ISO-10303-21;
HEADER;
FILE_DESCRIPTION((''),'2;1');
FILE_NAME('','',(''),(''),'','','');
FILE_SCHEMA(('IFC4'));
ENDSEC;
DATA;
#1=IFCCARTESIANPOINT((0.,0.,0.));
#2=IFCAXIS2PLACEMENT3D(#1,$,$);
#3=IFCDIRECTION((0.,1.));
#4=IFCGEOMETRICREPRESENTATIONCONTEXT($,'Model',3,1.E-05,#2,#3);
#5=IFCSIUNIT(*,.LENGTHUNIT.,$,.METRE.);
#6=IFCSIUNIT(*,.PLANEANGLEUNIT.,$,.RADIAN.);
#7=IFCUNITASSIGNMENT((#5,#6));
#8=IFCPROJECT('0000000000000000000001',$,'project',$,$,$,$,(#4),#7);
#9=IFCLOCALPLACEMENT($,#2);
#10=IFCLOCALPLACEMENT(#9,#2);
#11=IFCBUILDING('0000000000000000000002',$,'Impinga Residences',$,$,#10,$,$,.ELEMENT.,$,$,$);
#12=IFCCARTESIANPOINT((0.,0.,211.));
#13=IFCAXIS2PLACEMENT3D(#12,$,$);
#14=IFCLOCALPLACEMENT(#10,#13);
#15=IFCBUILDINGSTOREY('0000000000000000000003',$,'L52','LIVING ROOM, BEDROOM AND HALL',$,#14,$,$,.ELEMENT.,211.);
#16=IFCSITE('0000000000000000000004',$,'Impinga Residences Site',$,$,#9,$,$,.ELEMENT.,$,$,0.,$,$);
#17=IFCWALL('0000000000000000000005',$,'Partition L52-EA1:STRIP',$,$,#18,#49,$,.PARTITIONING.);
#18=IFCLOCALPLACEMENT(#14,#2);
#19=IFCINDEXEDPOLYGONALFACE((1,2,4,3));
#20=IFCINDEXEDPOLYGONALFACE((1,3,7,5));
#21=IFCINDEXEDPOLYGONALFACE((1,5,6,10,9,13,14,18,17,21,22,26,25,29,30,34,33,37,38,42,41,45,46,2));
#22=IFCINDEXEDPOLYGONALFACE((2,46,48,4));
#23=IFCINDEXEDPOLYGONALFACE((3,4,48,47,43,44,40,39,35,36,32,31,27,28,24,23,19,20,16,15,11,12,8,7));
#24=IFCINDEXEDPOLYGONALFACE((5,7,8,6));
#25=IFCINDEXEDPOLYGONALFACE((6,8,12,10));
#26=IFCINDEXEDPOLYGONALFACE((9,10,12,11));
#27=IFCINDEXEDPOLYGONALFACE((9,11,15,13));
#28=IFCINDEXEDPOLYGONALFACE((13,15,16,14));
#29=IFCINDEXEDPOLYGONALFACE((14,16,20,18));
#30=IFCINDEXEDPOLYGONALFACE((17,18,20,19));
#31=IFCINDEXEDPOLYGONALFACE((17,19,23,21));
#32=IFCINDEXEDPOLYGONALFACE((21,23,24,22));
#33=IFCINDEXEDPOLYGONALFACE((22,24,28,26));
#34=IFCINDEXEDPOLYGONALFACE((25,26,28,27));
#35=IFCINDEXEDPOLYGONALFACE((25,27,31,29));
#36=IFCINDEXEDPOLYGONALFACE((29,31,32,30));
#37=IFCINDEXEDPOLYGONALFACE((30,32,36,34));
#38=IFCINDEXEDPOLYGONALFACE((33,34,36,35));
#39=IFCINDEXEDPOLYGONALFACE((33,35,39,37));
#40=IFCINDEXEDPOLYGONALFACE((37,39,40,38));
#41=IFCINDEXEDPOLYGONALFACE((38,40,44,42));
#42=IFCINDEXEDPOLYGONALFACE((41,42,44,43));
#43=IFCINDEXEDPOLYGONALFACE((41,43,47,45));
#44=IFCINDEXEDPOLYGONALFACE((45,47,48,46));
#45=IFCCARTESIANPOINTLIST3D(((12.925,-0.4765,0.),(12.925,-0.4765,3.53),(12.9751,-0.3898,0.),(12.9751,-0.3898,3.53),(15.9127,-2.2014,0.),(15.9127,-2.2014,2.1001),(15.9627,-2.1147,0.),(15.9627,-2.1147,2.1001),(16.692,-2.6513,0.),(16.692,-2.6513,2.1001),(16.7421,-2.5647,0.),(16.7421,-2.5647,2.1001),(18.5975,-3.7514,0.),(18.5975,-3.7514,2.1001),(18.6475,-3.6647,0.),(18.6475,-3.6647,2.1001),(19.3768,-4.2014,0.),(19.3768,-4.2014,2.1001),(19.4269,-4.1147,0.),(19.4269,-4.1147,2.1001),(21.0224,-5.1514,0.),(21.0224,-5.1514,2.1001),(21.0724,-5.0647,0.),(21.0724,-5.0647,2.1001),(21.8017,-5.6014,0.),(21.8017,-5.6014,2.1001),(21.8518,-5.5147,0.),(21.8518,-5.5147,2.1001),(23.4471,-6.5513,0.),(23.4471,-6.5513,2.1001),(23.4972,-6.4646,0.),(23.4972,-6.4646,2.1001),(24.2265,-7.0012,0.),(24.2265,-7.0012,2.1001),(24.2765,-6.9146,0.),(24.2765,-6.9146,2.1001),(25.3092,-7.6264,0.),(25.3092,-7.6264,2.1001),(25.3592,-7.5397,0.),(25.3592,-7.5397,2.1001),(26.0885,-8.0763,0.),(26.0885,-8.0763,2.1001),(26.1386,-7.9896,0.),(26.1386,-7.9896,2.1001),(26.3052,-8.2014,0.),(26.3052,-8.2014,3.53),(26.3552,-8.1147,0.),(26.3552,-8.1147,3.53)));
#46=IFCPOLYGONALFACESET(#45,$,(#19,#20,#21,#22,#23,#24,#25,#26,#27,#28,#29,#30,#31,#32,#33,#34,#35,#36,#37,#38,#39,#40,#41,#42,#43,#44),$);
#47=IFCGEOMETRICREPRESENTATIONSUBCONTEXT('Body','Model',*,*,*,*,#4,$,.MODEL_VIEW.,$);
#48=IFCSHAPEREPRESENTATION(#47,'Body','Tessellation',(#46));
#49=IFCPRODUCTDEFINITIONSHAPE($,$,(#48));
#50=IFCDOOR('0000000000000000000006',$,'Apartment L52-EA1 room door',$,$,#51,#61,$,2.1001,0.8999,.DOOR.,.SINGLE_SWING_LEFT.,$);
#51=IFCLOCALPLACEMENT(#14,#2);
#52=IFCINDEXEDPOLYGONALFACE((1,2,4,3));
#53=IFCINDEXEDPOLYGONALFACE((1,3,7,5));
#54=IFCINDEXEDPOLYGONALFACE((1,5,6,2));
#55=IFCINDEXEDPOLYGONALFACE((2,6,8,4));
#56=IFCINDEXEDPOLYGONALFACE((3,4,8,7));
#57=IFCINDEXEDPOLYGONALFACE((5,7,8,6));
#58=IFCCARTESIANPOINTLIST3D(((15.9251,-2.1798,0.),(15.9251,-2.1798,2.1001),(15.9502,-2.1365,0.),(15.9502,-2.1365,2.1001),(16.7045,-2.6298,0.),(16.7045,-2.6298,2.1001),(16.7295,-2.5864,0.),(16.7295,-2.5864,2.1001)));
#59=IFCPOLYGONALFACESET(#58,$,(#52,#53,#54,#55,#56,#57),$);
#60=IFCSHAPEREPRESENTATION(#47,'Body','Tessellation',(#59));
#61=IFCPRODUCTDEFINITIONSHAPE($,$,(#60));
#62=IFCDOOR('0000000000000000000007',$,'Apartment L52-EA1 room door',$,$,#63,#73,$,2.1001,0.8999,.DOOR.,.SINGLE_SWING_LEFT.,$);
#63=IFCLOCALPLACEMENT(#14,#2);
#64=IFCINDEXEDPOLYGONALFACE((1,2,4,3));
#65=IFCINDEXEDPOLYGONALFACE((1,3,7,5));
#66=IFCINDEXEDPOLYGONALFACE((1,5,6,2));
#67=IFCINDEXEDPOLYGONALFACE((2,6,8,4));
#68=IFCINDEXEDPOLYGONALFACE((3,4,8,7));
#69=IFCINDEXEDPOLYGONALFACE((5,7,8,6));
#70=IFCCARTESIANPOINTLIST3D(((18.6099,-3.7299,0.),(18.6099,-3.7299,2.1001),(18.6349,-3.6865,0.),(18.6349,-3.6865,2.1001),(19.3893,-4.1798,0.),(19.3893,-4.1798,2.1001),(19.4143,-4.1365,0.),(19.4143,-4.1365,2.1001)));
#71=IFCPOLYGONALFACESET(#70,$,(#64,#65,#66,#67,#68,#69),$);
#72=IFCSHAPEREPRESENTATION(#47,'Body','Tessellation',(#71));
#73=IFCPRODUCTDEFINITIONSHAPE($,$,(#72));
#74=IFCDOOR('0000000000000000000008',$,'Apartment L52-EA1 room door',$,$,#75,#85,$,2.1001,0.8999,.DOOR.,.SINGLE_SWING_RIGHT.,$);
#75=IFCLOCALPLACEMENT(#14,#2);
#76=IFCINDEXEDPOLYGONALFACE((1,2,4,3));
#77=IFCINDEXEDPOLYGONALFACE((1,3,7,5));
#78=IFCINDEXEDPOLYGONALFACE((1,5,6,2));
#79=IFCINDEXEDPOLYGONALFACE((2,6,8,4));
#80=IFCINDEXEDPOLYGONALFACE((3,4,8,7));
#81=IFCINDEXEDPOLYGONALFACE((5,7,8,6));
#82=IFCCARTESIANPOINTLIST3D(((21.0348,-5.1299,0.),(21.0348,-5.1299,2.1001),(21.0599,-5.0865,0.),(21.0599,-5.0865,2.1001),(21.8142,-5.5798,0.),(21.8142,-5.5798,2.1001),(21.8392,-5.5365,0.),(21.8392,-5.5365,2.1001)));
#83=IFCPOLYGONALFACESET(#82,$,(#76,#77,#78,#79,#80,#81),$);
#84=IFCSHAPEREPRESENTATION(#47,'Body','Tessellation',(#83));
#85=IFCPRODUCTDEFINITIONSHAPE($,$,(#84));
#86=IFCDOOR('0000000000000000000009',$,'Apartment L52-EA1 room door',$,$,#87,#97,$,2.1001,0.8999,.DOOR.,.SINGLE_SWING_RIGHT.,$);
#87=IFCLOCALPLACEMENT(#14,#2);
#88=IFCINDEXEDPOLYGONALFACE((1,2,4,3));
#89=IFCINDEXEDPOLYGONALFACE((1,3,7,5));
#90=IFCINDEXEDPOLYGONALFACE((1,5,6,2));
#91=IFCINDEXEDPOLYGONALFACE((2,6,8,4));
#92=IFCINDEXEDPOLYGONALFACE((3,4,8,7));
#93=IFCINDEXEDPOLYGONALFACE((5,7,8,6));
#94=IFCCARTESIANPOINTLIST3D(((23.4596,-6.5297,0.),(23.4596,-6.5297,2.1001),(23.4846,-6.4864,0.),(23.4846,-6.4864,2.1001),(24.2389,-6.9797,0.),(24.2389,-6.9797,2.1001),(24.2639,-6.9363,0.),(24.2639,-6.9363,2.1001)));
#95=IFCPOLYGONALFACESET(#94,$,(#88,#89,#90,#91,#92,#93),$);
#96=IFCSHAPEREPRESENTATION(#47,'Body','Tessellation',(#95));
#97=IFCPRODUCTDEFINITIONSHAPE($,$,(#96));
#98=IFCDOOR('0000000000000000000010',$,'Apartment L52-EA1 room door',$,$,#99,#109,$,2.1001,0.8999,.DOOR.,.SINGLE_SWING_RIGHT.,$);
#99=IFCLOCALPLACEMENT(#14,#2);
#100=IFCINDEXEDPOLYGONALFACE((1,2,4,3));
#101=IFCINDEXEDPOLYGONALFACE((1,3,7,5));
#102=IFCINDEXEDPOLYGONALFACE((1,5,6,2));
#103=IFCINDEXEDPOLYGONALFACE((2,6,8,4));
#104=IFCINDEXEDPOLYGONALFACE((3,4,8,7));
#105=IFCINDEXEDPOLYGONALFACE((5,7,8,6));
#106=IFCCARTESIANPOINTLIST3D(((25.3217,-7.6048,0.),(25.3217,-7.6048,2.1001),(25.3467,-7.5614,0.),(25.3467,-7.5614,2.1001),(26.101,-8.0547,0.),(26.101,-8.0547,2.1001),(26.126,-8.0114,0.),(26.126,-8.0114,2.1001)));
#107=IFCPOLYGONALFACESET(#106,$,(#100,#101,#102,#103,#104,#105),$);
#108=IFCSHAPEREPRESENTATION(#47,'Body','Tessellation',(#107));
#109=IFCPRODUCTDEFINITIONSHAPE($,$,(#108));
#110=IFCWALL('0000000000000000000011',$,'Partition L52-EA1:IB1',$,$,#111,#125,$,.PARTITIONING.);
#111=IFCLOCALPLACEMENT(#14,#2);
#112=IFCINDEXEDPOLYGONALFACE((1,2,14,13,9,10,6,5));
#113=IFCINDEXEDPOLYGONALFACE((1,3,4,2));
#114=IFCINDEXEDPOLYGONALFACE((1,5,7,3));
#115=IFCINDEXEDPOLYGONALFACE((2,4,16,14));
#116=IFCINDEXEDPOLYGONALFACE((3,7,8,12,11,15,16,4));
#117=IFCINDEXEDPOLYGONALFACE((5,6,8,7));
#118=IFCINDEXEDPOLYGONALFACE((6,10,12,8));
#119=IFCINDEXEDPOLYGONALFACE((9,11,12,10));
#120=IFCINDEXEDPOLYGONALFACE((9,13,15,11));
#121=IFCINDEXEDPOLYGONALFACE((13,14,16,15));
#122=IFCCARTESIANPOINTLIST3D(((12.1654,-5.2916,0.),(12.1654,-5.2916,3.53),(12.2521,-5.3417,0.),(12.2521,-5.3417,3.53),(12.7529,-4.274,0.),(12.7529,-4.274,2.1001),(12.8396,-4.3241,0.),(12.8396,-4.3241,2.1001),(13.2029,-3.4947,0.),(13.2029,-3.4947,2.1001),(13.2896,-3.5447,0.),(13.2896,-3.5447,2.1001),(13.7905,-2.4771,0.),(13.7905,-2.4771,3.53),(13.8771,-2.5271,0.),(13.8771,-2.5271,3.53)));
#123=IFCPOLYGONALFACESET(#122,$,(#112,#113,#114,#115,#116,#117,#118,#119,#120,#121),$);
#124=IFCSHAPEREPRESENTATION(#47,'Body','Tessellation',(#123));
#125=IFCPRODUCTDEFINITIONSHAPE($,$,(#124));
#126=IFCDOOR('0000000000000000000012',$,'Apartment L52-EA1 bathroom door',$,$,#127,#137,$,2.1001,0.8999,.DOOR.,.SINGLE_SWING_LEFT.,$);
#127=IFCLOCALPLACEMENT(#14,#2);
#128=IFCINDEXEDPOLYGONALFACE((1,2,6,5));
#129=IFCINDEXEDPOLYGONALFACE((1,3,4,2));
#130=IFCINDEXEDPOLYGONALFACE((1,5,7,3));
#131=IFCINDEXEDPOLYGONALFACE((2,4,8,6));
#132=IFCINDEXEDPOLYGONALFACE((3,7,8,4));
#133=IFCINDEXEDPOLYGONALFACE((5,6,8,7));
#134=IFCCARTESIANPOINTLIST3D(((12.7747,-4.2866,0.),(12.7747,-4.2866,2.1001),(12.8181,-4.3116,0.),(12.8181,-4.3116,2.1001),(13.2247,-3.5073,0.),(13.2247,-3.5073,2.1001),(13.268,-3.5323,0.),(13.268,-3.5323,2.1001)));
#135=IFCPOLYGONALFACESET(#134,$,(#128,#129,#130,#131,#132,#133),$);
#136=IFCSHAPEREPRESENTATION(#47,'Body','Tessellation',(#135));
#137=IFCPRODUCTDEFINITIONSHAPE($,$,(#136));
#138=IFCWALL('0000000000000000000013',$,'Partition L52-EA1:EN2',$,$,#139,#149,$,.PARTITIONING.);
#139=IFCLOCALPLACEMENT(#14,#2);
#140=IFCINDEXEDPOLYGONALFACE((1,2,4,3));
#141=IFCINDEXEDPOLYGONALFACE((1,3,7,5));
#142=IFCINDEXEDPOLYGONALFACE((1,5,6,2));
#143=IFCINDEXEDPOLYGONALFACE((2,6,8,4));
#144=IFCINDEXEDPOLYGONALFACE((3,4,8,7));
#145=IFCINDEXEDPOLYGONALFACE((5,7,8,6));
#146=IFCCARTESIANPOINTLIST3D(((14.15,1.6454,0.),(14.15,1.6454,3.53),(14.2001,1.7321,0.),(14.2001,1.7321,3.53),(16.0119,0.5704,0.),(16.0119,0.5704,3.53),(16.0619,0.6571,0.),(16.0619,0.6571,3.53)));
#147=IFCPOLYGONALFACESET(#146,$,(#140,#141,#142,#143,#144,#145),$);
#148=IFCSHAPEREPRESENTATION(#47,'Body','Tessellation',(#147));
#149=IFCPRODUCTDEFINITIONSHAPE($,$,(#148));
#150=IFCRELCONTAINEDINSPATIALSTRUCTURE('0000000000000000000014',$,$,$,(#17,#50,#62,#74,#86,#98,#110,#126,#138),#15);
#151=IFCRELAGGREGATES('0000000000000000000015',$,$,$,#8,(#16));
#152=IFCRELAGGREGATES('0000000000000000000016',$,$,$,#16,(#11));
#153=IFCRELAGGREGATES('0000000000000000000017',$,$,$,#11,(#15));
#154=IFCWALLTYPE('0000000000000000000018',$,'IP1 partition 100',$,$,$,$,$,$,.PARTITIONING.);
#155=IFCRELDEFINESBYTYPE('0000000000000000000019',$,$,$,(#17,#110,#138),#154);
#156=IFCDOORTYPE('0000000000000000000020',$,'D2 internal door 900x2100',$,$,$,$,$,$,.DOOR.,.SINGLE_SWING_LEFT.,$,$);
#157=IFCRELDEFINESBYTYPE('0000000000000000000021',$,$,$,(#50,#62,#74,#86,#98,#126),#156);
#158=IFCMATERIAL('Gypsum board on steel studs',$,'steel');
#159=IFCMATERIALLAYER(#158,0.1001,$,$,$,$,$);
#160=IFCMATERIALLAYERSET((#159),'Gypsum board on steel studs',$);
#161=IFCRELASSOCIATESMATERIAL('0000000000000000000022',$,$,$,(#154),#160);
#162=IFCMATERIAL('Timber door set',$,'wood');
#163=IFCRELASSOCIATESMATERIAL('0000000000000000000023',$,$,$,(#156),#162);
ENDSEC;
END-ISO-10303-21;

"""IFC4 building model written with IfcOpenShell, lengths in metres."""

from ifc_helpers import new_model, si_unit, direction, frame, frame_2d, origin, place, context, subcontext, project, spatial, rectangle, extrude, material, layer, layer_set, type_object, element, fill, save


model = new_model("IFC4")

# Units and contexts
model_context = context("Model", 3, precision=1e-05, world=origin(), true_north=direction((0.0, 1.0)))
body_context = subcontext(model_context, "Body", "Model", "MODEL_VIEW")
ifc_project = project(units=[si_unit("LENGTHUNIT", "METRE"), si_unit("PLANEANGLEUNIT", "RADIAN")], contexts=[model_context])

# Site, building, storey
site_placement = place(None, origin())
site = spatial("IfcSite", under=ifc_project, at=site_placement, Name="Impinga Residences Site", CompositionType="ELEMENT", RefElevation=0.0)
building_placement = place(site_placement, origin())
building = spatial("IfcBuilding", under=site, at=building_placement, Name="Impinga Residences", CompositionType="ELEMENT")
storey_placement = place(building_placement, frame((0.0, 0.0, 211.0)))
storey = spatial("IfcBuildingStorey", under=building, at=storey_placement, Name="L52", Description="LIVING ROOM, BEDROOM AND HALL", CompositionType="ELEMENT", Elevation=211.0)

# Shared definitions
ifc_material_1 = material(Name="Timber door set", Category="wood")

# Shared definitions
ifc_material_2 = material(Name="Gypsum board on steel studs", Category="steel")
ifc_layer_1 = layer(ifc_material_2, 0.1001)
ifc_layer_set_1 = layer_set([ifc_layer_1], Name="Gypsum board on steel studs")
wall_type_1 = type_object("IfcWallType", Name="IP1 partition 100", PredefinedType="PARTITIONING", material=ifc_layer_set_1)

# Wall, openings, doors
wall_1_placement = place(storey_placement, frame((12.95, -0.4331, 0.0), z_axis=(0.0, 0.0, 1.0), x_axis=(0.86603, -0.499992, 0.0)))
wall_1 = element("IfcWall", 1, at=wall_1_placement, inside=storey, type_object=wall_type_1, Name="Partition L52-EA1:STRIP", PredefinedType="PARTITIONING", context=body_context, shape_type="SweptSolid", body=[
    extrude(rectangle(XDim=15.45, YDim=0.1001, at=frame_2d((7.7251, 0.0))), origin(), (0.0, 0.0, 1.0), 3.53),
])
opening_1_placement = place(wall_1_placement, frame((3.45, 0.0, 0.0)))
opening_1 = element("IfcOpeningElement", 2, at=opening_1_placement, cuts=wall_1, PredefinedType="OPENING", context=body_context, shape_type="SweptSolid", body=[
    extrude(rectangle(XDim=0.8999, YDim=2.1001, at=frame_2d((0.45, 1.05))), frame((0.0, 0.0601, 0.0), z_axis=(0.0, -1.0, 0.0), x_axis=(1.0, 0.0, 0.0)), (0.0, 0.0, 1.0), 0.1201),
])
opening_2_placement = place(wall_1_placement, frame((6.55, 0.0, 0.0)))
opening_2 = element("IfcOpeningElement", 3, at=opening_2_placement, cuts=wall_1, PredefinedType="OPENING", context=body_context, shape_type="SweptSolid", body=[
    extrude(rectangle(XDim=0.8999, YDim=2.1001, at=frame_2d((0.45, 1.05))), frame((0.0, 0.0601, 0.0), z_axis=(0.0, -1.0, 0.0), x_axis=(1.0, 0.0, 0.0)), (0.0, 0.0, 1.0), 0.1201),
])
opening_3_placement = place(wall_1_placement, frame((9.3501, 0.0, 0.0)))
opening_3 = element("IfcOpeningElement", 4, at=opening_3_placement, cuts=wall_1, PredefinedType="OPENING", context=body_context, shape_type="SweptSolid", body=[
    extrude(rectangle(XDim=0.8999, YDim=2.1001, at=frame_2d((0.45, 1.05))), frame((0.0, 0.0601, 0.0), z_axis=(0.0, -1.0, 0.0), x_axis=(1.0, 0.0, 0.0)), (0.0, 0.0, 1.0), 0.1201),
])
opening_4_placement = place(wall_1_placement, frame((12.1499, 0.0, 0.0)))
opening_4 = element("IfcOpeningElement", 5, at=opening_4_placement, cuts=wall_1, PredefinedType="OPENING", context=body_context, shape_type="SweptSolid", body=[
    extrude(rectangle(XDim=0.8999, YDim=2.1001, at=frame_2d((0.45, 1.05))), frame((0.0, 0.0601, 0.0), z_axis=(0.0, -1.0, 0.0), x_axis=(1.0, 0.0, 0.0)), (0.0, 0.0, 1.0), 0.1201),
])
opening_5_placement = place(wall_1_placement, frame((14.3, 0.0, 0.0)))
opening_5 = element("IfcOpeningElement", 6, at=opening_5_placement, cuts=wall_1, PredefinedType="OPENING", context=body_context, shape_type="SweptSolid", body=[
    extrude(rectangle(XDim=0.8999, YDim=2.1001, at=frame_2d((0.45, 1.05))), frame((0.0, 0.0601, 0.0), z_axis=(0.0, -1.0, 0.0), x_axis=(1.0, 0.0, 0.0)), (0.0, 0.0, 1.0), 0.1201),
])
door_type_1 = type_object("IfcDoorType", Name="D2 internal door 900x2100", OperationType="SINGLE_SWING_LEFT", PredefinedType="DOOR", material=ifc_material_1)
door_1_placement = place(opening_1_placement, origin())
door_1 = element("IfcDoor", 7, at=door_1_placement, inside=storey, type_object=door_type_1, Name="Apartment L52-EA1 room door", OperationType="SINGLE_SWING_LEFT", OverallHeight=2.1001, OverallWidth=0.8999, PredefinedType="DOOR", context=body_context, shape_type="SweptSolid", body=[
    extrude(rectangle(XDim=0.8999, YDim=2.1001, at=frame_2d((0.45, 1.05))), frame((0.0, 0.0249, 0.0), z_axis=(0.0, -1.0, 0.0), x_axis=(1.0, 0.0, 0.0)), (0.0, 0.0, 1.0), 0.05),
])
fill(opening_1, door_1)
door_2_placement = place(opening_2_placement, origin())
door_2 = element("IfcDoor", 8, at=door_2_placement, inside=storey, type_object=door_type_1, Name="Apartment L52-EA1 room door", OperationType="SINGLE_SWING_LEFT", OverallHeight=2.1001, OverallWidth=0.8999, PredefinedType="DOOR", context=body_context, shape_type="SweptSolid", body=[
    extrude(rectangle(XDim=0.8999, YDim=2.1001, at=frame_2d((0.45, 1.05))), frame((0.0, 0.0249, 0.0), z_axis=(0.0, -1.0, 0.0), x_axis=(1.0, 0.0, 0.0)), (0.0, 0.0, 1.0), 0.05),
])
fill(opening_2, door_2)
door_3_placement = place(opening_3_placement, origin())
door_3 = element("IfcDoor", 9, at=door_3_placement, inside=storey, type_object=door_type_1, Name="Apartment L52-EA1 room door", OperationType="SINGLE_SWING_RIGHT", OverallHeight=2.1001, OverallWidth=0.8999, PredefinedType="DOOR", context=body_context, shape_type="SweptSolid", body=[
    extrude(rectangle(XDim=0.8999, YDim=2.1001, at=frame_2d((0.45, 1.05))), frame((0.0, 0.0249, 0.0), z_axis=(0.0, -1.0, 0.0), x_axis=(1.0, 0.0, 0.0)), (0.0, 0.0, 1.0), 0.05),
])
fill(opening_3, door_3)
door_4_placement = place(opening_4_placement, origin())
door_4 = element("IfcDoor", 10, at=door_4_placement, inside=storey, type_object=door_type_1, Name="Apartment L52-EA1 room door", OperationType="SINGLE_SWING_RIGHT", OverallHeight=2.1001, OverallWidth=0.8999, PredefinedType="DOOR", context=body_context, shape_type="SweptSolid", body=[
    extrude(rectangle(XDim=0.8999, YDim=2.1001, at=frame_2d((0.45, 1.05))), frame((0.0, 0.0249, 0.0), z_axis=(0.0, -1.0, 0.0), x_axis=(1.0, 0.0, 0.0)), (0.0, 0.0, 1.0), 0.05),
])
fill(opening_4, door_4)
door_5_placement = place(opening_5_placement, origin())
door_5 = element("IfcDoor", 11, at=door_5_placement, inside=storey, type_object=door_type_1, Name="Apartment L52-EA1 room door", OperationType="SINGLE_SWING_RIGHT", OverallHeight=2.1001, OverallWidth=0.8999, PredefinedType="DOOR", context=body_context, shape_type="SweptSolid", body=[
    extrude(rectangle(XDim=0.8999, YDim=2.1001, at=frame_2d((0.45, 1.05))), frame((0.0, 0.0249, 0.0), z_axis=(0.0, -1.0, 0.0), x_axis=(1.0, 0.0, 0.0)), (0.0, 0.0, 1.0), 0.05),
])
fill(opening_5, door_5)

# Wall, opening, door
wall_2_placement = place(storey_placement, frame((12.2087, -5.3167, 0.0), z_axis=(0.0, 0.0, 1.0), x_axis=(0.500017, 0.866015, 0.0)))
wall_2 = element("IfcWall", 12, at=wall_2_placement, inside=storey, type_object=wall_type_1, Name="Partition L52-EA1:IB1", PredefinedType="PARTITIONING", context=body_context, shape_type="SweptSolid", body=[
    extrude(rectangle(XDim=3.25, YDim=0.1001, at=frame_2d((1.625, 0.0))), origin(), (0.0, 0.0, 1.0), 3.53),
])
opening_6_placement = place(wall_2_placement, frame((1.175, 0.0, 0.0)))
opening_6 = element("IfcOpeningElement", 13, at=opening_6_placement, cuts=wall_2, PredefinedType="OPENING", context=body_context, shape_type="SweptSolid", body=[
    extrude(rectangle(XDim=0.8999, YDim=2.1001, at=frame_2d((0.45, 1.05))), frame((0.0, 0.0601, 0.0), z_axis=(0.0, -1.0, 0.0), x_axis=(1.0, 0.0, 0.0)), (0.0, 0.0, 1.0), 0.1201),
])
door_6_placement = place(opening_6_placement, origin())
door_6 = element("IfcDoor", 14, at=door_6_placement, inside=storey, type_object=door_type_1, Name="Apartment L52-EA1 bathroom door", OperationType="SINGLE_SWING_LEFT", OverallHeight=2.1001, OverallWidth=0.8999, PredefinedType="DOOR", context=body_context, shape_type="SweptSolid", body=[
    extrude(rectangle(XDim=0.8999, YDim=2.1001, at=frame_2d((0.45, 1.05))), frame((0.0, 0.0249, 0.0), z_axis=(0.0, -1.0, 0.0), x_axis=(1.0, 0.0, 0.0)), (0.0, 0.0, 1.0), 0.05),
])
fill(opening_6, door_6)

# Wall
wall_3_placement = place(storey_placement, frame((14.175, 1.6887, 0.0), z_axis=(0.0, 0.0, 1.0), x_axis=(0.866019, -0.500011, 0.0)))
element("IfcWall", 15, at=wall_3_placement, inside=storey, type_object=wall_type_1, Name="Partition L52-EA1:EN2", PredefinedType="PARTITIONING", context=body_context, shape_type="SweptSolid", body=[
    extrude(rectangle(XDim=2.1499, YDim=0.1001, at=frame_2d((1.075, 0.0))), origin(), (0.0, 0.0, 1.0), 3.53),
])

save(model, "model.ifc")
